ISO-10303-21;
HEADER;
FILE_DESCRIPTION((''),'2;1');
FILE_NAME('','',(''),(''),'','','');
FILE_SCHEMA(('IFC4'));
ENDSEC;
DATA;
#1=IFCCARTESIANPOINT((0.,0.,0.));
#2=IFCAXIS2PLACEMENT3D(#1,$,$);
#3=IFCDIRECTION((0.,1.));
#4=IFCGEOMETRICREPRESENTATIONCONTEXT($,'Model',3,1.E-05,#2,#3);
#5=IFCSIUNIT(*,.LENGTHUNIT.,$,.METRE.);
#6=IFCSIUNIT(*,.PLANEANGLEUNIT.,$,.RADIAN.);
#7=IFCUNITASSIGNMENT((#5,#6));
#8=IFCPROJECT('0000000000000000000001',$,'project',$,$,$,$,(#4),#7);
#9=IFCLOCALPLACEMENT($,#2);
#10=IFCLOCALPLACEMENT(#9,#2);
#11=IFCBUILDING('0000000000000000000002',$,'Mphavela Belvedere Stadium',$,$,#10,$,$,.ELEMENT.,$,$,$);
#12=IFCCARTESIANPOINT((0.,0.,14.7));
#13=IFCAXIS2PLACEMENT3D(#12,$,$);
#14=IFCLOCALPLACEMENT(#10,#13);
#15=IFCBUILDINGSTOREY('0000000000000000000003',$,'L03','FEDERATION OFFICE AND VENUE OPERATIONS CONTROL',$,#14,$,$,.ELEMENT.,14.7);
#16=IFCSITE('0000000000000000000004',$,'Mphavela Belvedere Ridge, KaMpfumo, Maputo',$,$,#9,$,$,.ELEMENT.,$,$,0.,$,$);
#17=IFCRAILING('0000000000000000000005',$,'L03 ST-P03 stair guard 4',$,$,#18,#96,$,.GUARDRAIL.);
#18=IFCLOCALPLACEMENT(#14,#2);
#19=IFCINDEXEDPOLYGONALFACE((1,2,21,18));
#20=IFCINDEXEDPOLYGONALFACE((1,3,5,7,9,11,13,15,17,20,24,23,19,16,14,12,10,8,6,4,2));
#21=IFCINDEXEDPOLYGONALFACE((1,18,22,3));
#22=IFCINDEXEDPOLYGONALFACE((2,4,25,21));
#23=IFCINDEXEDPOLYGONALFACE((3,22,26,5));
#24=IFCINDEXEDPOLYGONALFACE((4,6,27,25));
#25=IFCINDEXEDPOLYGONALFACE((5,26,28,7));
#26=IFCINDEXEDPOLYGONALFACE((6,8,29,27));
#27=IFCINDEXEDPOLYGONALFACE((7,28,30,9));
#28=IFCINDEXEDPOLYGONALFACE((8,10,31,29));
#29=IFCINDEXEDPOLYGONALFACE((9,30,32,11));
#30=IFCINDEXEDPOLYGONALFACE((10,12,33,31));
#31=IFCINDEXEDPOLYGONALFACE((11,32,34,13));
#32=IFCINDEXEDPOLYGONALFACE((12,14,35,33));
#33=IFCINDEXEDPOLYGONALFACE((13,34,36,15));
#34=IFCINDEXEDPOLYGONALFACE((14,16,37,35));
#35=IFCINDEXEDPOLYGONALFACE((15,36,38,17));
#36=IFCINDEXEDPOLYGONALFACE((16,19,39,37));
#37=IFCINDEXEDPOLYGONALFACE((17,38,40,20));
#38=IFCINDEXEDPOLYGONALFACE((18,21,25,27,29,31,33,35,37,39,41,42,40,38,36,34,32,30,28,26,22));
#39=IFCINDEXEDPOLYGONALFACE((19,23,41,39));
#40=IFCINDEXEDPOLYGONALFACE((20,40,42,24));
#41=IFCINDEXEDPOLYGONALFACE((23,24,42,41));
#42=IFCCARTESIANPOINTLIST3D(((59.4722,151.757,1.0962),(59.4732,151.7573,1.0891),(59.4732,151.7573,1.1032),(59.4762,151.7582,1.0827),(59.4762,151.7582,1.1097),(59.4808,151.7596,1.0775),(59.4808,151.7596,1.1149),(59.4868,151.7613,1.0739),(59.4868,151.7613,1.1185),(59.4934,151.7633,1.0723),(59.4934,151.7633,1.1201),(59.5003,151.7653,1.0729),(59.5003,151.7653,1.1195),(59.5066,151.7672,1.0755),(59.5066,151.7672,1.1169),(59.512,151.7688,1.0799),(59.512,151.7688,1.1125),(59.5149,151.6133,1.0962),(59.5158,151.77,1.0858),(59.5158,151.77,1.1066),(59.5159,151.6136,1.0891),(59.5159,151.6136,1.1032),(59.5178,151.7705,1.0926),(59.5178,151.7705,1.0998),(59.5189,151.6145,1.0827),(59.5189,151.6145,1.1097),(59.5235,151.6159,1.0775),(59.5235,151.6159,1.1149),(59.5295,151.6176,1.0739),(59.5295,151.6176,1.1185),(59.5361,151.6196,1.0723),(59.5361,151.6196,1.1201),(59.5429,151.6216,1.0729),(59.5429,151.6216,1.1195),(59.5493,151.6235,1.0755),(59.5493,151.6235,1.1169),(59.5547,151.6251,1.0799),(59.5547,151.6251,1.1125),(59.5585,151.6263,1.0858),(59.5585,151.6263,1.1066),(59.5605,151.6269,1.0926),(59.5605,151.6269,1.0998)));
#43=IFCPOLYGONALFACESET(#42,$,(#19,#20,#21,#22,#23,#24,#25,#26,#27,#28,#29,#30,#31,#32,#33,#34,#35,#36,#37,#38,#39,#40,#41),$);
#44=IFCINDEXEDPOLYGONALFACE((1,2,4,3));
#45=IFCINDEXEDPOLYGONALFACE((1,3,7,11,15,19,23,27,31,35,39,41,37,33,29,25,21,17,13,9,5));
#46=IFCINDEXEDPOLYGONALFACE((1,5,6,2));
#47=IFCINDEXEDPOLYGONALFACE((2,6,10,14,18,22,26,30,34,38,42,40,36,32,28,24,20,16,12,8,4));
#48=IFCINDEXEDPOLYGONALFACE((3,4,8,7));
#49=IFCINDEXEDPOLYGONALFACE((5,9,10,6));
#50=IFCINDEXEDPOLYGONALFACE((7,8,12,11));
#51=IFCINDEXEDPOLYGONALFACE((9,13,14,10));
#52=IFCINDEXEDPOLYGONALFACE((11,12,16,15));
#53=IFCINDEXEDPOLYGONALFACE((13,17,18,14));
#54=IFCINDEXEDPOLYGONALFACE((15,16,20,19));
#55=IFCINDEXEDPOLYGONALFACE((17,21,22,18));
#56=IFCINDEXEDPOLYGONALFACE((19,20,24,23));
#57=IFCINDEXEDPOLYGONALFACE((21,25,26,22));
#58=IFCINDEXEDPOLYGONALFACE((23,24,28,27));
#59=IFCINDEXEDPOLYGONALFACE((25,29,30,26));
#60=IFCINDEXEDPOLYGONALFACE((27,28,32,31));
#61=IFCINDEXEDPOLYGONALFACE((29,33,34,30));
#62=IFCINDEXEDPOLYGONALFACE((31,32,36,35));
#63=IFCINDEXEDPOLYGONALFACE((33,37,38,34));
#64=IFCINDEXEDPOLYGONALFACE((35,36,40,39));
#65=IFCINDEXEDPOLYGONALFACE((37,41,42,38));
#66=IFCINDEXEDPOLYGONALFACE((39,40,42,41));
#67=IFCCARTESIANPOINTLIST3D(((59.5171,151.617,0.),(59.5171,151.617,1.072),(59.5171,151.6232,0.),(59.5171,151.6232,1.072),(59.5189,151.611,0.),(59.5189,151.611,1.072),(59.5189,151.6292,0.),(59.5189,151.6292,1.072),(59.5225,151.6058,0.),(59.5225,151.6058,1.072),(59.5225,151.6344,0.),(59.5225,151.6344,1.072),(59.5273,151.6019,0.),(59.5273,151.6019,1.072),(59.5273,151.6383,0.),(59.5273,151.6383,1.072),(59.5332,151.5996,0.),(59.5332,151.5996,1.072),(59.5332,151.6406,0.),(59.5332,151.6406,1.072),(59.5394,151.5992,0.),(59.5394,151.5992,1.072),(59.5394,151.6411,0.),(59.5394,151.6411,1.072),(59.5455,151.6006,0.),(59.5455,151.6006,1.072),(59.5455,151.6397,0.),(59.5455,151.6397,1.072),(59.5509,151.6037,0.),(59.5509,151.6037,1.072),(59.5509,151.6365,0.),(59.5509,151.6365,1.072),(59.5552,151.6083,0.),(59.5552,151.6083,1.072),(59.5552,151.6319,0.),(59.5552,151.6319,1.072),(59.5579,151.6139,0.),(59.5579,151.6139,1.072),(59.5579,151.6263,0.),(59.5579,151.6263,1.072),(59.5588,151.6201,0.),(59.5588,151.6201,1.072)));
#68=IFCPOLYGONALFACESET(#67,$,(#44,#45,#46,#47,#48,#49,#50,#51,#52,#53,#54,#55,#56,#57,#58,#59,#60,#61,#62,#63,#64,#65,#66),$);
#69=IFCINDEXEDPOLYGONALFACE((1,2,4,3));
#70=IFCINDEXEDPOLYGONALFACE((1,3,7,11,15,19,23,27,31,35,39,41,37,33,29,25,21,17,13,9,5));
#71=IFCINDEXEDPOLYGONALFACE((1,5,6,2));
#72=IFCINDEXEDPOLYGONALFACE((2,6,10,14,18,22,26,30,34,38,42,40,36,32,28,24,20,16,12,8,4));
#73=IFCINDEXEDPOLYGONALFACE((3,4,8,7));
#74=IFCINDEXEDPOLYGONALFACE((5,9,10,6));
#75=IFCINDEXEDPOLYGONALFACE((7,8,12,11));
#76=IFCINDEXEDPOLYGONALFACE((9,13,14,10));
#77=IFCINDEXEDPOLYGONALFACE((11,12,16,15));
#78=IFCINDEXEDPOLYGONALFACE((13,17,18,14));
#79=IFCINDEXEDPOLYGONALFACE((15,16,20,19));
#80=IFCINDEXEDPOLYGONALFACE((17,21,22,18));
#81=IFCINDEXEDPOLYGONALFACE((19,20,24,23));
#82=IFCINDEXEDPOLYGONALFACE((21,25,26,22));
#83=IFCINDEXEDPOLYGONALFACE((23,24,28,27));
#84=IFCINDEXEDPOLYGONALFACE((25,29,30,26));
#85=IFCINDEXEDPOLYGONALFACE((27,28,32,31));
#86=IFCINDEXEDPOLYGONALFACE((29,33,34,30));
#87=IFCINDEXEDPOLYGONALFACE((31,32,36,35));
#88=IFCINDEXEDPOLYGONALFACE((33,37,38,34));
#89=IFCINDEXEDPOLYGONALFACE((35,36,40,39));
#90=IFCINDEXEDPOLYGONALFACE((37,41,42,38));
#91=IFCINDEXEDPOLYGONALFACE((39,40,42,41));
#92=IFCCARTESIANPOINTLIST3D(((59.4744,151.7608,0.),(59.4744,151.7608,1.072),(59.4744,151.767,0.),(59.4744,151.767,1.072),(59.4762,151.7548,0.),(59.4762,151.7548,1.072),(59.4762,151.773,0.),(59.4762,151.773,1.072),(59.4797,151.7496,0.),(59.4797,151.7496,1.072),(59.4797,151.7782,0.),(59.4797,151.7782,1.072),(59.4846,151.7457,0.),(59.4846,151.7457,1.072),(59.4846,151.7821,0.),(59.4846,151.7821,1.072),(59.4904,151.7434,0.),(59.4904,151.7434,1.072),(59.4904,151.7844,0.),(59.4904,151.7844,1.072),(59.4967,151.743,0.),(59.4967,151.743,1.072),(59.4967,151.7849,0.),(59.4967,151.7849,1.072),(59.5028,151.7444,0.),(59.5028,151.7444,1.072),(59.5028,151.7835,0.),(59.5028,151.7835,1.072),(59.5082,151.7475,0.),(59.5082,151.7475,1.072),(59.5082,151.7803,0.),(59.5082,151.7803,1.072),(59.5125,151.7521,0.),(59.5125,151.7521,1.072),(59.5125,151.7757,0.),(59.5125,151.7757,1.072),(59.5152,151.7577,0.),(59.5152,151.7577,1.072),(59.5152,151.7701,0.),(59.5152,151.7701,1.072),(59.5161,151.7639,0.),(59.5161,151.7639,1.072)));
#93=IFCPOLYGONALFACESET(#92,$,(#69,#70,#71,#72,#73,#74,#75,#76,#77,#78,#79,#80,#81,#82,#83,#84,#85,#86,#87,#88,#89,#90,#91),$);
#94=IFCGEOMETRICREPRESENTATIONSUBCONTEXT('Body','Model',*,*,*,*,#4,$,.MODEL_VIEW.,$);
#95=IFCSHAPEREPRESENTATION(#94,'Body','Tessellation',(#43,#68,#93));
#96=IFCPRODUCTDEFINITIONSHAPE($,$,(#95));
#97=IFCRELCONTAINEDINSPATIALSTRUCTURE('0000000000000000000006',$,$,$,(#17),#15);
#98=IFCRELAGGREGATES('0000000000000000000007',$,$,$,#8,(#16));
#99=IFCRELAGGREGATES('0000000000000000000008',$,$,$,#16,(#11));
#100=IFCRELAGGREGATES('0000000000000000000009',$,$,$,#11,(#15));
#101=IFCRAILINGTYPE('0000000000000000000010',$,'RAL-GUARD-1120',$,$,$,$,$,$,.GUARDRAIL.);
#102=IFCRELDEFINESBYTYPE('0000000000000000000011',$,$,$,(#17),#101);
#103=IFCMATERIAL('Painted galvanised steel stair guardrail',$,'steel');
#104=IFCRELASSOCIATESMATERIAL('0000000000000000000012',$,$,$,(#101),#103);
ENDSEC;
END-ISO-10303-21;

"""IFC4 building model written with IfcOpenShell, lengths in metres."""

from ifc_helpers import new_model, si_unit, direction, frame, origin, origin_2d, place, context, subcontext, project, spatial, circle, extrude, material, type_object, element, save


model = new_model("IFC4")

# Units and contexts
model_context = context("Model", 3, precision=1e-05, world=origin(), true_north=direction((0.0, 1.0)))
body_context = subcontext(model_context, "Body", "Model", "MODEL_VIEW")
ifc_project = project(units=[si_unit("LENGTHUNIT", "METRE"), si_unit("PLANEANGLEUNIT", "RADIAN")], contexts=[model_context])

# Site, building, storey
site_placement = place(None, origin())
site = spatial("IfcSite", under=ifc_project, at=site_placement, Name="Mphavela Belvedere Ridge, KaMpfumo, Maputo", CompositionType="ELEMENT", RefElevation=0.0)
building_placement = place(site_placement, origin())
building = spatial("IfcBuilding", under=site, at=building_placement, Name="Mphavela Belvedere Stadium", CompositionType="ELEMENT")
storey_placement = place(building_placement, frame((0.0, 0.0, 14.7)))
storey = spatial("IfcBuildingStorey", under=building, at=storey_placement, Name="L03", Description="FEDERATION OFFICE AND VENUE OPERATIONS CONTROL", CompositionType="ELEMENT", Elevation=14.7)

# Railing
ifc_material_1 = material(Name="Painted galvanised steel stair guardrail", Category="steel")
railing_type_1 = type_object("IfcRailingType", Name="RAL-GUARD-1120", PredefinedType="GUARDRAIL", material=ifc_material_1)
railing_1_placement = place(storey_placement, frame((59.5378, 151.6201, 0.0)))
element("IfcRailing", 1, at=railing_1_placement, inside=storey, type_object=railing_type_1, Name="L03 ST-P03 stair guard 4", PredefinedType="GUARDRAIL", context=body_context, shape_type="SweptSolid", body=[
    extrude(circle(Radius=0.0239, at=origin_2d()), frame((0.0, 0.0, 1.0962), z_axis=(-0.284809, 0.958584, 0.0), x_axis=(-0.958584, -0.284809, 0.0)), (0.0, 0.0, 1.0), 0.1499),
    extrude(circle(Radius=0.021, at=origin_2d()), origin(), (0.0, 0.0, 1.0), 1.072),
    extrude(circle(Radius=0.021, at=origin_2d()), frame((-0.0427, 0.1438, 0.0)), (0.0, 0.0, 1.0), 1.072),
])

save(model, "model.ifc")
